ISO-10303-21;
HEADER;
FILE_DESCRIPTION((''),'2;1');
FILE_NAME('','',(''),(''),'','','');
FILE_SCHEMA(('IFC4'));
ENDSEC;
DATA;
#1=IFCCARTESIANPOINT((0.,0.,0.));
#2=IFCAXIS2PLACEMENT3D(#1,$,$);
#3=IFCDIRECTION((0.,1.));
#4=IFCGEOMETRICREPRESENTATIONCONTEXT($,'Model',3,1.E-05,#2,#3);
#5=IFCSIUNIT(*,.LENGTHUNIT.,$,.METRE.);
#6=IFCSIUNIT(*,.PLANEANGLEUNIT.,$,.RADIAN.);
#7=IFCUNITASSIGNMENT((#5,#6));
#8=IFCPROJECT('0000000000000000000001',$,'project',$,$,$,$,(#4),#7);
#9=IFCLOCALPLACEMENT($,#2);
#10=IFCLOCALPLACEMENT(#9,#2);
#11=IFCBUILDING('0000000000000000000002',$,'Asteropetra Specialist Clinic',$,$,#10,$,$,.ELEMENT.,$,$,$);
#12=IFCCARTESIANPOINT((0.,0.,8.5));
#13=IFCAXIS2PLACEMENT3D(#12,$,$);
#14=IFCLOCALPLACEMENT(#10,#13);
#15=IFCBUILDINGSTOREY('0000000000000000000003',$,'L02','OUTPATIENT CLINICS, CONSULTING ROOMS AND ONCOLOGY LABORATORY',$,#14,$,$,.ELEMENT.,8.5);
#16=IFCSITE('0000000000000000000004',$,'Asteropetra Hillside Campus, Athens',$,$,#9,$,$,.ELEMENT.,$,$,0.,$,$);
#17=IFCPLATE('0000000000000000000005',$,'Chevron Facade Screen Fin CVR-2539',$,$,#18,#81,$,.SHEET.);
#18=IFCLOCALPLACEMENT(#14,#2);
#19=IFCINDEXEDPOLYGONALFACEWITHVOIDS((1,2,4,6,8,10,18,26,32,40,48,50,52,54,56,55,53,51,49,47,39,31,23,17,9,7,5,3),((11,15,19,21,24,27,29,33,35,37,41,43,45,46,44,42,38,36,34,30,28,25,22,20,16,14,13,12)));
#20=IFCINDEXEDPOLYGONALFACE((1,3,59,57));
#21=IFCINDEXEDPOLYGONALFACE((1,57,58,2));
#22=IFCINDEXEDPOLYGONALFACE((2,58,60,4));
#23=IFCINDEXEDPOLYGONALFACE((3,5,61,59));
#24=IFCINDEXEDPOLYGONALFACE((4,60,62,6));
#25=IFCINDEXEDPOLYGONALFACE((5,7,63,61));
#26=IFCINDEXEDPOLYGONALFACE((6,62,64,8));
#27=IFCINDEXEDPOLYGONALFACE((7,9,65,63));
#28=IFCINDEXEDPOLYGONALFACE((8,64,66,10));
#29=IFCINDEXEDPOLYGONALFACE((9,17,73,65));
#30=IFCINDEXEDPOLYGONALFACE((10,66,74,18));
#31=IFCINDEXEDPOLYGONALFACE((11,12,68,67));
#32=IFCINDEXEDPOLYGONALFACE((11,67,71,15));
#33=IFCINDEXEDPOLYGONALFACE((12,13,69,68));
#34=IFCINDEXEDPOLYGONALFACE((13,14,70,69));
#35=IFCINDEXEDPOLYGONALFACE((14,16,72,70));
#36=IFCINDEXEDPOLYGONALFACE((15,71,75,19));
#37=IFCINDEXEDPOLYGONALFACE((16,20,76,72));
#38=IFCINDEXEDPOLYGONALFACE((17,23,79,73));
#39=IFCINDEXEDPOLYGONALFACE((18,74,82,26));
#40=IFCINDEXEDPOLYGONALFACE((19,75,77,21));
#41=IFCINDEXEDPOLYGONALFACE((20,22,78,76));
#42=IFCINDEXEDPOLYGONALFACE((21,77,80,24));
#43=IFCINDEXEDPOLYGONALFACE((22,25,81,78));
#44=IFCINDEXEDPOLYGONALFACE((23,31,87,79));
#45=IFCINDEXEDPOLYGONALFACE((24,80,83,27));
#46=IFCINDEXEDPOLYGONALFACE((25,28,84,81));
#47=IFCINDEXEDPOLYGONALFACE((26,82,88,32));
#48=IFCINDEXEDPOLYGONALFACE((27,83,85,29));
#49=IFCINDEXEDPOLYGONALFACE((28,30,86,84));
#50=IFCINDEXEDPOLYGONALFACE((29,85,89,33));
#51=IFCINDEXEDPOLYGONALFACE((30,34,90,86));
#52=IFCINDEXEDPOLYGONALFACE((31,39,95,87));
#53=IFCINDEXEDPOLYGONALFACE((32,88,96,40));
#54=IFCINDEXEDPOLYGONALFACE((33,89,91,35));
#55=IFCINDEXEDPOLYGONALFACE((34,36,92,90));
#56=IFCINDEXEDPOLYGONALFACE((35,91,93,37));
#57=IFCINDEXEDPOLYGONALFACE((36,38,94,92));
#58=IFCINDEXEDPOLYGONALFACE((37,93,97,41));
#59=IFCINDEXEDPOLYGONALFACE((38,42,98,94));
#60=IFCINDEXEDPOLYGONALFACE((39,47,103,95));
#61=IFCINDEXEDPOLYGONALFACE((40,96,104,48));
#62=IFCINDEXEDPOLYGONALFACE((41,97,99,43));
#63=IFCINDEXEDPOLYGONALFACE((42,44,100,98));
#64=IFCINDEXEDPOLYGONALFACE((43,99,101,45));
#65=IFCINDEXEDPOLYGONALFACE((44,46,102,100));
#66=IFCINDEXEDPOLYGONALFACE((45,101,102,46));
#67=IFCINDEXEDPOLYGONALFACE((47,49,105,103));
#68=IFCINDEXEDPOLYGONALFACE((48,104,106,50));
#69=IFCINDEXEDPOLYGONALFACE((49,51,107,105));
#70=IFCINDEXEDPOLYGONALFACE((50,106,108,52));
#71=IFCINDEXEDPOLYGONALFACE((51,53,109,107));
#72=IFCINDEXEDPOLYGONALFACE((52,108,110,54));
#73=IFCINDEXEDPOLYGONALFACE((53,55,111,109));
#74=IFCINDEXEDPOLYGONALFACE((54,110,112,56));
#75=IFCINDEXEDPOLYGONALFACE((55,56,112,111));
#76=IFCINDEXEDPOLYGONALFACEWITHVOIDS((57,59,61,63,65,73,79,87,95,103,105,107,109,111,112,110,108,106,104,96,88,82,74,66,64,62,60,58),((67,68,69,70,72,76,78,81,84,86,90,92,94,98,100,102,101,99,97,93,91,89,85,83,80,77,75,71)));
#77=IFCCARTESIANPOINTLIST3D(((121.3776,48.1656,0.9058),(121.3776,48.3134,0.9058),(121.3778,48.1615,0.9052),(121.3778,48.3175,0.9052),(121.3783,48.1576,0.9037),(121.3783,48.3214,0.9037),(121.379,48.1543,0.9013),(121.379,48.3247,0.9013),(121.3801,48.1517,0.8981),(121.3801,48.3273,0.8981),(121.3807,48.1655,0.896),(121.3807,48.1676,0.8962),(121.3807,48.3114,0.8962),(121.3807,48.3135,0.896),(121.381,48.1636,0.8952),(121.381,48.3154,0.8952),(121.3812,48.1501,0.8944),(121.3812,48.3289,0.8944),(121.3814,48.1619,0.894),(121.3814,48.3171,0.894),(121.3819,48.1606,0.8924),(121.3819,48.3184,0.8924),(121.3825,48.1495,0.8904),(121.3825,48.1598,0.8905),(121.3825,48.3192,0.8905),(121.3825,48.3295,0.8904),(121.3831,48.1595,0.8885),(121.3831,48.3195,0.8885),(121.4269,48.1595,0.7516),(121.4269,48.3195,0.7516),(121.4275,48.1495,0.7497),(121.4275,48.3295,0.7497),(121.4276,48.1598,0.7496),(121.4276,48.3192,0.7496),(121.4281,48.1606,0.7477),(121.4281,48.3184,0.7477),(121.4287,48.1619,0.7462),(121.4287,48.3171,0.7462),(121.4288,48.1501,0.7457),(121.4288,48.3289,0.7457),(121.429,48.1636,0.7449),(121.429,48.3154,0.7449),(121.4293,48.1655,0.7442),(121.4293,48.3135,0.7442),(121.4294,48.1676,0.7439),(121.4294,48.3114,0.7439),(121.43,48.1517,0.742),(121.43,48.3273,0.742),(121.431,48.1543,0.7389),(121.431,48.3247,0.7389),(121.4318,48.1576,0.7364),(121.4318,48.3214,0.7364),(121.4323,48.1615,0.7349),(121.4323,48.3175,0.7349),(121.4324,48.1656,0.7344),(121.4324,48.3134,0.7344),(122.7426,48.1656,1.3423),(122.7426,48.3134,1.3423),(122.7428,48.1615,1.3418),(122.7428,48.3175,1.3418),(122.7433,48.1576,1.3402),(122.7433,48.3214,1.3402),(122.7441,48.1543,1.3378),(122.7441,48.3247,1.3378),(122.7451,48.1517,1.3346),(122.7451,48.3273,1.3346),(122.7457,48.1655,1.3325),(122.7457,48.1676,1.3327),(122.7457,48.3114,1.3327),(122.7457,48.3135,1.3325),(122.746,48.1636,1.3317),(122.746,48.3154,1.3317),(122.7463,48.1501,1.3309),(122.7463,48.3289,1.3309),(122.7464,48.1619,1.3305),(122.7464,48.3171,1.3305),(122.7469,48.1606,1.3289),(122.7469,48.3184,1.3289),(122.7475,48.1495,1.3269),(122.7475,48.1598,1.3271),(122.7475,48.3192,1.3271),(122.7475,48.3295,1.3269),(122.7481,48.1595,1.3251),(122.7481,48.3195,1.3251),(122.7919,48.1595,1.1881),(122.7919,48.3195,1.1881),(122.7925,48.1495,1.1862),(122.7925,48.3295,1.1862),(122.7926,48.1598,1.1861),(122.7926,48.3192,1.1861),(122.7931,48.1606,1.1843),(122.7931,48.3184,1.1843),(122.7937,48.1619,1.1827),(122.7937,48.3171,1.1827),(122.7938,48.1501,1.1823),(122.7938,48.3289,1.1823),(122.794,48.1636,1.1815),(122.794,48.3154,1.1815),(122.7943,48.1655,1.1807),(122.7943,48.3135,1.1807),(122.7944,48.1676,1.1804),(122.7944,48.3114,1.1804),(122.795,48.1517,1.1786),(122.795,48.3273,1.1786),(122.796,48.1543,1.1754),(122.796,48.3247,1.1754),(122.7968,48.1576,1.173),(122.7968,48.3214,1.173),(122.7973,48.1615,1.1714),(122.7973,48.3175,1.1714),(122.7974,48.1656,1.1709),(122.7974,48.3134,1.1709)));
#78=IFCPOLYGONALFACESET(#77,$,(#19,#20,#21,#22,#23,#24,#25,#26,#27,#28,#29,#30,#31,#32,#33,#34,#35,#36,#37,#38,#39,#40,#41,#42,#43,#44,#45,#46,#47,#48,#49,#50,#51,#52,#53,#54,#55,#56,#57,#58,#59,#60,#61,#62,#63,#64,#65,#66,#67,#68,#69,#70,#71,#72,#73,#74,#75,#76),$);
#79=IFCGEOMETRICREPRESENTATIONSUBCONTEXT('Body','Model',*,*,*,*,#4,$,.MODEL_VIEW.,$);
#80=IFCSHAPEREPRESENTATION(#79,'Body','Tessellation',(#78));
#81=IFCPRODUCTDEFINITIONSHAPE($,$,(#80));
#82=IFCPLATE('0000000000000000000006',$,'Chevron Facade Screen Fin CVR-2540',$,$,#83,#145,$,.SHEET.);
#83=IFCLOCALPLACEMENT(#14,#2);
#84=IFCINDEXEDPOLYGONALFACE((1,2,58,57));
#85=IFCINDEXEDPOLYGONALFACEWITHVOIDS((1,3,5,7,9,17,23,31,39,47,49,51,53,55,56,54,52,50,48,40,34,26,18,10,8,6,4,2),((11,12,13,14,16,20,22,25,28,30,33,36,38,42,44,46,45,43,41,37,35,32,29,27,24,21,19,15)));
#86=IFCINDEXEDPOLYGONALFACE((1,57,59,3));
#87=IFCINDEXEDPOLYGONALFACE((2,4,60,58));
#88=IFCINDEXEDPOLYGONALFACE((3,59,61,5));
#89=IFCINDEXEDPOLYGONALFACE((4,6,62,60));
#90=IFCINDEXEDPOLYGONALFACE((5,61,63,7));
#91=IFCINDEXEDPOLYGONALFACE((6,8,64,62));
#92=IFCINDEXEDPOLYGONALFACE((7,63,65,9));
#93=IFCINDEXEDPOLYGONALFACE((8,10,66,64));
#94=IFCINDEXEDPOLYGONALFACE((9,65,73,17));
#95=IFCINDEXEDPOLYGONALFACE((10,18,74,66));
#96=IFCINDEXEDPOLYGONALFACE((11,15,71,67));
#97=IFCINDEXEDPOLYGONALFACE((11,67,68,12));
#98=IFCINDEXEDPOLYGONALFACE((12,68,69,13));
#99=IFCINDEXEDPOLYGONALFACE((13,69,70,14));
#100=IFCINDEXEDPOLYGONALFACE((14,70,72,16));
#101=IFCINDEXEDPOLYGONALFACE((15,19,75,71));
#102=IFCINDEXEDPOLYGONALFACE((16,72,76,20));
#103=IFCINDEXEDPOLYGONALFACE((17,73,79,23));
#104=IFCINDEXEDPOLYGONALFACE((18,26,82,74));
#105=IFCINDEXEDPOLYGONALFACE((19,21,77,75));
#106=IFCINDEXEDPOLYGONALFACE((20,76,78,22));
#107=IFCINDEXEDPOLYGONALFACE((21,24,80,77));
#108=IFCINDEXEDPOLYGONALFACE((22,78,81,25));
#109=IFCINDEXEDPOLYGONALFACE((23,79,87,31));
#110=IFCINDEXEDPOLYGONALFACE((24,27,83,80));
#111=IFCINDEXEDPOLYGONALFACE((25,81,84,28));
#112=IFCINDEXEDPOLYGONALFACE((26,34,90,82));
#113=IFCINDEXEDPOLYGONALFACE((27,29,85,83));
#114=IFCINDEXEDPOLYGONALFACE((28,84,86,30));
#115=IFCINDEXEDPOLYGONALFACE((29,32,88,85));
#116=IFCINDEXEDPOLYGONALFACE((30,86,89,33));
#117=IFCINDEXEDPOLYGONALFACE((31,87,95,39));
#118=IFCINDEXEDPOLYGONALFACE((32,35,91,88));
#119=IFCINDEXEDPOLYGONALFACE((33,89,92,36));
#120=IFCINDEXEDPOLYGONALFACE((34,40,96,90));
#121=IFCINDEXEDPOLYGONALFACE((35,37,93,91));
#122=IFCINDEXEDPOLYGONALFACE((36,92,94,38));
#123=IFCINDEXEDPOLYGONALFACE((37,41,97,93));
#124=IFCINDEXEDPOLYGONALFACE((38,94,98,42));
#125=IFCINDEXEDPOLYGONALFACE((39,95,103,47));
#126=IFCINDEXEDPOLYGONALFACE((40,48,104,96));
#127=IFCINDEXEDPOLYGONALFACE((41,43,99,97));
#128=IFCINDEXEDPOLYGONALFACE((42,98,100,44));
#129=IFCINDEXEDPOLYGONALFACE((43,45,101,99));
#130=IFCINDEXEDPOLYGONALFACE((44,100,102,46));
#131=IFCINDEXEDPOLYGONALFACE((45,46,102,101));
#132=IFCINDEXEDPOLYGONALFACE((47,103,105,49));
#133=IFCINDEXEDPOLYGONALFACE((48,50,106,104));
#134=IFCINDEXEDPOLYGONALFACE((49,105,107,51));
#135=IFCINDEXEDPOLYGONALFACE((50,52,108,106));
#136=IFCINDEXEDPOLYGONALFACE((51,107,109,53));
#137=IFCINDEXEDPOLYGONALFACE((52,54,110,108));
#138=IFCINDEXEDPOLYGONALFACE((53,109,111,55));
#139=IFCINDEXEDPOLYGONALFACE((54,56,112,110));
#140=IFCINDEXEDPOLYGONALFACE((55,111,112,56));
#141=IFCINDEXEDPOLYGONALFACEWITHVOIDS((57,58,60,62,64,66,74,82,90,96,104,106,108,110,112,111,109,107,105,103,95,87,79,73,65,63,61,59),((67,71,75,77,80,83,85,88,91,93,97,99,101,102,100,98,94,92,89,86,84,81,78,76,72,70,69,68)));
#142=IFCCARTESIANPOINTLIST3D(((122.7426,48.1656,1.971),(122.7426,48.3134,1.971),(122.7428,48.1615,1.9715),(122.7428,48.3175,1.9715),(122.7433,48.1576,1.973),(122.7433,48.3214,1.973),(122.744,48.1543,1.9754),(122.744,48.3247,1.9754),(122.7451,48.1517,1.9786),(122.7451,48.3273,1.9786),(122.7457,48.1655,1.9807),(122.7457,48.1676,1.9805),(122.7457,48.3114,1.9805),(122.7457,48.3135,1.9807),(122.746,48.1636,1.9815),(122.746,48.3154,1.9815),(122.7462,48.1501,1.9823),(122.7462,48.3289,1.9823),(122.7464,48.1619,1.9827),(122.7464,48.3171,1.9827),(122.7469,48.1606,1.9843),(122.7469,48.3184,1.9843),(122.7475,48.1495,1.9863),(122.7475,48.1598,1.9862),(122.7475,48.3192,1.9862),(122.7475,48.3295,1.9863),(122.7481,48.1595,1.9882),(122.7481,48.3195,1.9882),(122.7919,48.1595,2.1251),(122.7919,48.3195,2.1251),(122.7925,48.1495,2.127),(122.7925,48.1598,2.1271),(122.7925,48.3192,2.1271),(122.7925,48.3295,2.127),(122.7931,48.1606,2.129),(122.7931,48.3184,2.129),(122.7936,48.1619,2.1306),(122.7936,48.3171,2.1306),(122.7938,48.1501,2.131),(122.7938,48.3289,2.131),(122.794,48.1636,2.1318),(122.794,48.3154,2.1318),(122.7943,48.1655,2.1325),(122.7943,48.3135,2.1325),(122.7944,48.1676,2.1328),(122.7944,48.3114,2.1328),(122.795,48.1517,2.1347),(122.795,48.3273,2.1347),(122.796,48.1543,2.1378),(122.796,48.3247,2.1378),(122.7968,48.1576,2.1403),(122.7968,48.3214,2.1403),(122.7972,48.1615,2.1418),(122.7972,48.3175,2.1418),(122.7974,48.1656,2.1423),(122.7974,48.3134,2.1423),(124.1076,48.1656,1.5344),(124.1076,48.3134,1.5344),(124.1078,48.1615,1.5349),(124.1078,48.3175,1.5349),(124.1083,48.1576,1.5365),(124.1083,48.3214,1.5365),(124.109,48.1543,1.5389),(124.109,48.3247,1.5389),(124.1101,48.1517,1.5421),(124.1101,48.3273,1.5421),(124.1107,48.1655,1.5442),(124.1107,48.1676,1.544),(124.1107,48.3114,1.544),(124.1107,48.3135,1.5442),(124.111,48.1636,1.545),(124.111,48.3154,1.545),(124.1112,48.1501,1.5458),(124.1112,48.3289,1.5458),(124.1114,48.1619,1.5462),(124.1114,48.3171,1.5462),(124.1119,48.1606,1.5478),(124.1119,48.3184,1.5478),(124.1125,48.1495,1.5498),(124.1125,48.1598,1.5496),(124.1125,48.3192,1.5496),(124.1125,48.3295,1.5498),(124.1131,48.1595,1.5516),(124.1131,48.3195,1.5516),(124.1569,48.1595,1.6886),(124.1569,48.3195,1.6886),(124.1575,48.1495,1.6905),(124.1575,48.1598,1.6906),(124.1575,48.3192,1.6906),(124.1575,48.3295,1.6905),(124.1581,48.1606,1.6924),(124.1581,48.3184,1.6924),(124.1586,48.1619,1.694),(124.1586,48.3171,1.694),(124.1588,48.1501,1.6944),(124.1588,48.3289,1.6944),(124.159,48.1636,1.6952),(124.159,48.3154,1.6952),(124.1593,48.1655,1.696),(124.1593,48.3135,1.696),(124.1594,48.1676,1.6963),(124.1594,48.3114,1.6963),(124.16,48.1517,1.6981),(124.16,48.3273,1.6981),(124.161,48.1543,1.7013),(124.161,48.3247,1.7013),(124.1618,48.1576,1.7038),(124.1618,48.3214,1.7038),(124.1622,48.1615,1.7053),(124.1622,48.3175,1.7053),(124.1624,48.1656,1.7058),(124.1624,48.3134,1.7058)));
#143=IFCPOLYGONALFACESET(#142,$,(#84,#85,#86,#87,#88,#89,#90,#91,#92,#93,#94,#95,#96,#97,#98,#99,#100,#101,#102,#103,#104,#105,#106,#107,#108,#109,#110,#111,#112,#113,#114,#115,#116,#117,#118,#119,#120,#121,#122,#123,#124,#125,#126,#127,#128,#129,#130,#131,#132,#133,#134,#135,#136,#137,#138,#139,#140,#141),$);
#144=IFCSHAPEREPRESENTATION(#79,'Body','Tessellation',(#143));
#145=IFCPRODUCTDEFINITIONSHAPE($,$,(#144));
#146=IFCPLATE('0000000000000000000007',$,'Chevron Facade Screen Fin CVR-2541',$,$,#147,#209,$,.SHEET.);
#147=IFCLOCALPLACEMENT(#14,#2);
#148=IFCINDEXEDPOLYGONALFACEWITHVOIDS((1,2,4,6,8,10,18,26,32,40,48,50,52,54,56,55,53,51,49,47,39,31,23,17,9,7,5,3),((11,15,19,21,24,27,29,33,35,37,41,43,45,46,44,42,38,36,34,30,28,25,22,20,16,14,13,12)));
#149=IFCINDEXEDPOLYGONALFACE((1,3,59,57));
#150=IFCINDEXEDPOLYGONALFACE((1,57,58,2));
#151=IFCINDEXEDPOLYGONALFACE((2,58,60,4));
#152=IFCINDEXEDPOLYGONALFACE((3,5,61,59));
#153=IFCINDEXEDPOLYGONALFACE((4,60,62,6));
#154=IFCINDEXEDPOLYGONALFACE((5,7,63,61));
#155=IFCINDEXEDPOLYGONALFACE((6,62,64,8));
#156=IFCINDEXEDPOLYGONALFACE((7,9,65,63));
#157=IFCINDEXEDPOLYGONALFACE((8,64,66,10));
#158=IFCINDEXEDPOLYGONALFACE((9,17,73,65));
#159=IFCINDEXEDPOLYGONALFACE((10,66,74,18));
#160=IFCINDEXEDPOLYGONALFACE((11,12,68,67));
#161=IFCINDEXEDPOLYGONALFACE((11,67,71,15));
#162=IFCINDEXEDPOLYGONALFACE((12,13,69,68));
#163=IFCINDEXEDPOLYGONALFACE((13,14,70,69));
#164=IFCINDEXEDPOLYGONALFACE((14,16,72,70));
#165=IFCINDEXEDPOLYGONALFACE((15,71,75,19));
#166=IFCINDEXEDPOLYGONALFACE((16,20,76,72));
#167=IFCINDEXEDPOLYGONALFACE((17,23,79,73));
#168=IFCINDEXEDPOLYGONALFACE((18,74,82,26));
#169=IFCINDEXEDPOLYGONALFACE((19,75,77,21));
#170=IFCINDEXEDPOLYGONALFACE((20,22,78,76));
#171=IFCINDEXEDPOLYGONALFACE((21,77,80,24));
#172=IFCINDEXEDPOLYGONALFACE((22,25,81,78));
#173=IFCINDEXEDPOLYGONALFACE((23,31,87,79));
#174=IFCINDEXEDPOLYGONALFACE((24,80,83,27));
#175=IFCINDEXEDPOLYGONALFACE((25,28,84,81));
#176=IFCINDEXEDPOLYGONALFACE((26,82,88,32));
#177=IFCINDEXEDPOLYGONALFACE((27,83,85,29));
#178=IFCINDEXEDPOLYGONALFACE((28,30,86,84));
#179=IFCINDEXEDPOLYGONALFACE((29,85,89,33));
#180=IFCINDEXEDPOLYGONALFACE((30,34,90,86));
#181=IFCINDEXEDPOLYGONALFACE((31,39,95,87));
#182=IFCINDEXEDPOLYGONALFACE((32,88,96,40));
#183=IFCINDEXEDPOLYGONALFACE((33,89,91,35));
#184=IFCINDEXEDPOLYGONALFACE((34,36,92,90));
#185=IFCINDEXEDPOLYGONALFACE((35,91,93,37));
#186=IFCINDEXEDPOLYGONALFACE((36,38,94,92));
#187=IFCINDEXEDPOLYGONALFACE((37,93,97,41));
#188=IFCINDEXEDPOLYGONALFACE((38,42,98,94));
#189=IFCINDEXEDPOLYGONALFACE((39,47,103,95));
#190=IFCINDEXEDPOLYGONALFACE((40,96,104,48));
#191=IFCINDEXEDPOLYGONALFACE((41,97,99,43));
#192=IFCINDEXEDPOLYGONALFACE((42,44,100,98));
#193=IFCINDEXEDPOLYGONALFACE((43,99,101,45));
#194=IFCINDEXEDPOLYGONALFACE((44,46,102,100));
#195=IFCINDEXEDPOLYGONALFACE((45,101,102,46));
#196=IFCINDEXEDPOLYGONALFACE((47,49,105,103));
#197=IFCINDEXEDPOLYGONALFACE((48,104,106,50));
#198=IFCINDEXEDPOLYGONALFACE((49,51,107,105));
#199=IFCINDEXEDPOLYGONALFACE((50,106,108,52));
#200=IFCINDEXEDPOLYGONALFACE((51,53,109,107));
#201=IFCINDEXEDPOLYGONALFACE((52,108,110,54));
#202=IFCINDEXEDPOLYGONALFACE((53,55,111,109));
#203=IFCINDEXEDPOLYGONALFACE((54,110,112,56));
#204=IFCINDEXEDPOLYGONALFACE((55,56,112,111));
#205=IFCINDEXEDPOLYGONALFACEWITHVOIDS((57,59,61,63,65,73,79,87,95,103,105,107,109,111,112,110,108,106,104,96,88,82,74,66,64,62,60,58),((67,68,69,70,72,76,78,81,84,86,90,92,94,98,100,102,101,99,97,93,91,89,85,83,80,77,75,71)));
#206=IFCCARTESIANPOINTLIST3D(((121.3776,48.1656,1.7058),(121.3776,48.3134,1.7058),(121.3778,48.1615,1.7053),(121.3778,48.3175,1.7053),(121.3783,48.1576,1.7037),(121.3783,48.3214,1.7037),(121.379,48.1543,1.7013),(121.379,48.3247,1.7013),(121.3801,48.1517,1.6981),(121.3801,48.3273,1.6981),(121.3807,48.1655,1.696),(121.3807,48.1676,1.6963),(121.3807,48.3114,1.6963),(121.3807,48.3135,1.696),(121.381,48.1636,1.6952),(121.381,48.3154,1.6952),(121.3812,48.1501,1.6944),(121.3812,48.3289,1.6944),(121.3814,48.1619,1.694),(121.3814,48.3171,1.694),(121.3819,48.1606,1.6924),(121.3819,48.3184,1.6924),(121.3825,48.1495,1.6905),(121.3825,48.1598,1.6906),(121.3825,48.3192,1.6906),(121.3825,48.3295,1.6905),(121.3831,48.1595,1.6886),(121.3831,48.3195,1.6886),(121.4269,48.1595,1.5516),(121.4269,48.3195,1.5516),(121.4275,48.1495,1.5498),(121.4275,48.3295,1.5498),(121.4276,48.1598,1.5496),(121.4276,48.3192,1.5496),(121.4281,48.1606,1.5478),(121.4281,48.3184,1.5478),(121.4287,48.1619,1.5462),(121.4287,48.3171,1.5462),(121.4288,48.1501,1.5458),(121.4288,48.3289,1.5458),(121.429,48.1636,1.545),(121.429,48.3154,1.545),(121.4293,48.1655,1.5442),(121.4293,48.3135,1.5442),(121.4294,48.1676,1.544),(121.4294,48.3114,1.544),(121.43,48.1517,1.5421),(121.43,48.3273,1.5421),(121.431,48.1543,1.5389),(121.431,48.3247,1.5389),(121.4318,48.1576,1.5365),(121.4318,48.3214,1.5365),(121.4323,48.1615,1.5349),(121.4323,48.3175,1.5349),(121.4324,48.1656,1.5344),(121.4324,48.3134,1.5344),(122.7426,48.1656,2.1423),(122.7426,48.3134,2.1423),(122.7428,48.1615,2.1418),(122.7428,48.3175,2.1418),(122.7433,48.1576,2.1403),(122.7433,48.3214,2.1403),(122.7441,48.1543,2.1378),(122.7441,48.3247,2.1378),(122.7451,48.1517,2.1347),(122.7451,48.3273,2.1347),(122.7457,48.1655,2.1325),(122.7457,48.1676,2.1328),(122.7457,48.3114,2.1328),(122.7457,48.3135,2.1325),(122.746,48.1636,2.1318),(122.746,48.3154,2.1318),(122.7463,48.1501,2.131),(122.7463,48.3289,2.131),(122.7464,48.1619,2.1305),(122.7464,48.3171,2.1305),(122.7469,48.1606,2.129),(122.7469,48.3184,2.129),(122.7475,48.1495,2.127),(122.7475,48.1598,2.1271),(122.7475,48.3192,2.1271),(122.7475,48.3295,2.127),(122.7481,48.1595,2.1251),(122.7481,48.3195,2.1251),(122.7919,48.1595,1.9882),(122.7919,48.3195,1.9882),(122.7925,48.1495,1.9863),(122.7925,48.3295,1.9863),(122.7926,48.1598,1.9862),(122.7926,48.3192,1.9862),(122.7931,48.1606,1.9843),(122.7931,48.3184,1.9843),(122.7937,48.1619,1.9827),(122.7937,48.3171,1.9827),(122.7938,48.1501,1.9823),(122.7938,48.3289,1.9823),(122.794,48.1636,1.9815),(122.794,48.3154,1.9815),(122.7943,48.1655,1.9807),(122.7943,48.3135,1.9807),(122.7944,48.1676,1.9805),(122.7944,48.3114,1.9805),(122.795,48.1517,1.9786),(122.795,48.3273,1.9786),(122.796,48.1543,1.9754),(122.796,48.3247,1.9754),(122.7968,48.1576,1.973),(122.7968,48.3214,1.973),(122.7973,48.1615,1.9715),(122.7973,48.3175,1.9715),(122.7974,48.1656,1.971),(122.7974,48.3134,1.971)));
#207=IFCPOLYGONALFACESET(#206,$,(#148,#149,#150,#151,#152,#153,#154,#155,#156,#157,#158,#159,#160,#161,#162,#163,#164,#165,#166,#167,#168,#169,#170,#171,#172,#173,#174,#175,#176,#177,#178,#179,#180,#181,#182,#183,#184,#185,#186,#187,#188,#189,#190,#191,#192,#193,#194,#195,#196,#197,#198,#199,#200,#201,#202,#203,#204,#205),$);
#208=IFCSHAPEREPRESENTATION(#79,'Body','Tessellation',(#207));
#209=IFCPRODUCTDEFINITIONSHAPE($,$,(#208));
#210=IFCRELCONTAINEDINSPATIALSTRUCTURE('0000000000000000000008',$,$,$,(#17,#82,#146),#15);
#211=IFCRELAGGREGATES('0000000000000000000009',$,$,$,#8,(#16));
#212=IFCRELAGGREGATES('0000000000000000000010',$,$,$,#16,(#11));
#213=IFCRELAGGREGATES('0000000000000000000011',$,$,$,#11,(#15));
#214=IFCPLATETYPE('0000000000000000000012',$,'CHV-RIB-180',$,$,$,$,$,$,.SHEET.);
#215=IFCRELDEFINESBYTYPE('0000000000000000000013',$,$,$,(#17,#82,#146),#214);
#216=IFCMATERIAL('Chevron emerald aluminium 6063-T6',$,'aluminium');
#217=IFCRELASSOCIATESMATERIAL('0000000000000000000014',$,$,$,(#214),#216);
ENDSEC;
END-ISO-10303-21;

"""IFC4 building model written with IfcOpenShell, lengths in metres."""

from ifc_helpers import new_model, si_unit, direction, frame, origin, origin_2d, place, context, subcontext, project, spatial, hollow_rectangle, extrude, material, material_profile, profile_set, type_object, element, save


model = new_model("IFC4")

# Units and contexts
model_context = context("Model", 3, precision=1e-05, world=origin(), true_north=direction((0.0, 1.0)))
body_context = subcontext(model_context, "Body", "Model", "MODEL_VIEW")
ifc_project = project(units=[si_unit("LENGTHUNIT", "METRE"), si_unit("PLANEANGLEUNIT", "RADIAN")], contexts=[model_context])

# Site, building, storey
site_placement = place(None, origin())
site = spatial("IfcSite", under=ifc_project, at=site_placement, Name="Asteropetra Hillside Campus, Athens", CompositionType="ELEMENT", RefElevation=0.0)
building_placement = place(site_placement, origin())
building = spatial("IfcBuilding", under=site, at=building_placement, Name="Asteropetra Specialist Clinic", CompositionType="ELEMENT")
storey_placement = place(building_placement, frame((0.0, 0.0, 8.5)))
storey = spatial("IfcBuildingStorey", under=building, at=storey_placement, Name="L02", Description="OUTPATIENT CLINICS, CONSULTING ROOMS AND ONCOLOGY LABORATORY", CompositionType="ELEMENT", Elevation=8.5)

# Plates
ifc_material_1 = material(Name="Chevron emerald aluminium 6063-T6", Category="aluminium")
ifc_material_profile_1 = material_profile(ifc_material_1, hollow_rectangle(XDim=0.1799, YDim=0.1799, WallThickness=0.01, InnerFilletRadius=0.0081, OuterFilletRadius=0.0161, at=origin_2d()), Name="SHS 180x180x10.0")
ifc_profile_set_1 = profile_set([ifc_material_profile_1], Name="Chevron emerald aluminium 6063-T6")
plate_type = type_object("IfcPlateType", Name="CHV-RIB-180", PredefinedType="SHEET", material=ifc_profile_set_1)
for number, where, z_axis, x_axis, name in (
    (1, (122.77, 48.2395, 1.2566), (-0.95248, 0.0, -0.304603), (0.0, -1.0, 0.0), "Chevron Facade Screen Fin CVR-2539"),
    (2, (124.135, 48.2395, 1.6201), (-0.95248, 0.0, 0.304603), (0.0, -1.0, 0.0), "Chevron Facade Screen Fin CVR-2540"),
    (3, (122.77, 48.2395, 2.0566), (-0.95248, 0.0, -0.304603), (0.0, -1.0, 0.0), "Chevron Facade Screen Fin CVR-2541"),
):
    element("IfcPlate", number, at=place(storey_placement, frame(where, z_axis=z_axis, x_axis=x_axis)), inside=storey, type_object=plate_type, Name=name, PredefinedType="SHEET", context=body_context, shape_type="SweptSolid", body=[
        extrude(hollow_rectangle(XDim=0.1799, YDim=0.1799, WallThickness=0.01, InnerFilletRadius=0.0081, OuterFilletRadius=0.0161, at=origin_2d()), origin(), (0.0, 0.0, 1.0), 1.4331),
    ])

save(model, "model.ifc")
